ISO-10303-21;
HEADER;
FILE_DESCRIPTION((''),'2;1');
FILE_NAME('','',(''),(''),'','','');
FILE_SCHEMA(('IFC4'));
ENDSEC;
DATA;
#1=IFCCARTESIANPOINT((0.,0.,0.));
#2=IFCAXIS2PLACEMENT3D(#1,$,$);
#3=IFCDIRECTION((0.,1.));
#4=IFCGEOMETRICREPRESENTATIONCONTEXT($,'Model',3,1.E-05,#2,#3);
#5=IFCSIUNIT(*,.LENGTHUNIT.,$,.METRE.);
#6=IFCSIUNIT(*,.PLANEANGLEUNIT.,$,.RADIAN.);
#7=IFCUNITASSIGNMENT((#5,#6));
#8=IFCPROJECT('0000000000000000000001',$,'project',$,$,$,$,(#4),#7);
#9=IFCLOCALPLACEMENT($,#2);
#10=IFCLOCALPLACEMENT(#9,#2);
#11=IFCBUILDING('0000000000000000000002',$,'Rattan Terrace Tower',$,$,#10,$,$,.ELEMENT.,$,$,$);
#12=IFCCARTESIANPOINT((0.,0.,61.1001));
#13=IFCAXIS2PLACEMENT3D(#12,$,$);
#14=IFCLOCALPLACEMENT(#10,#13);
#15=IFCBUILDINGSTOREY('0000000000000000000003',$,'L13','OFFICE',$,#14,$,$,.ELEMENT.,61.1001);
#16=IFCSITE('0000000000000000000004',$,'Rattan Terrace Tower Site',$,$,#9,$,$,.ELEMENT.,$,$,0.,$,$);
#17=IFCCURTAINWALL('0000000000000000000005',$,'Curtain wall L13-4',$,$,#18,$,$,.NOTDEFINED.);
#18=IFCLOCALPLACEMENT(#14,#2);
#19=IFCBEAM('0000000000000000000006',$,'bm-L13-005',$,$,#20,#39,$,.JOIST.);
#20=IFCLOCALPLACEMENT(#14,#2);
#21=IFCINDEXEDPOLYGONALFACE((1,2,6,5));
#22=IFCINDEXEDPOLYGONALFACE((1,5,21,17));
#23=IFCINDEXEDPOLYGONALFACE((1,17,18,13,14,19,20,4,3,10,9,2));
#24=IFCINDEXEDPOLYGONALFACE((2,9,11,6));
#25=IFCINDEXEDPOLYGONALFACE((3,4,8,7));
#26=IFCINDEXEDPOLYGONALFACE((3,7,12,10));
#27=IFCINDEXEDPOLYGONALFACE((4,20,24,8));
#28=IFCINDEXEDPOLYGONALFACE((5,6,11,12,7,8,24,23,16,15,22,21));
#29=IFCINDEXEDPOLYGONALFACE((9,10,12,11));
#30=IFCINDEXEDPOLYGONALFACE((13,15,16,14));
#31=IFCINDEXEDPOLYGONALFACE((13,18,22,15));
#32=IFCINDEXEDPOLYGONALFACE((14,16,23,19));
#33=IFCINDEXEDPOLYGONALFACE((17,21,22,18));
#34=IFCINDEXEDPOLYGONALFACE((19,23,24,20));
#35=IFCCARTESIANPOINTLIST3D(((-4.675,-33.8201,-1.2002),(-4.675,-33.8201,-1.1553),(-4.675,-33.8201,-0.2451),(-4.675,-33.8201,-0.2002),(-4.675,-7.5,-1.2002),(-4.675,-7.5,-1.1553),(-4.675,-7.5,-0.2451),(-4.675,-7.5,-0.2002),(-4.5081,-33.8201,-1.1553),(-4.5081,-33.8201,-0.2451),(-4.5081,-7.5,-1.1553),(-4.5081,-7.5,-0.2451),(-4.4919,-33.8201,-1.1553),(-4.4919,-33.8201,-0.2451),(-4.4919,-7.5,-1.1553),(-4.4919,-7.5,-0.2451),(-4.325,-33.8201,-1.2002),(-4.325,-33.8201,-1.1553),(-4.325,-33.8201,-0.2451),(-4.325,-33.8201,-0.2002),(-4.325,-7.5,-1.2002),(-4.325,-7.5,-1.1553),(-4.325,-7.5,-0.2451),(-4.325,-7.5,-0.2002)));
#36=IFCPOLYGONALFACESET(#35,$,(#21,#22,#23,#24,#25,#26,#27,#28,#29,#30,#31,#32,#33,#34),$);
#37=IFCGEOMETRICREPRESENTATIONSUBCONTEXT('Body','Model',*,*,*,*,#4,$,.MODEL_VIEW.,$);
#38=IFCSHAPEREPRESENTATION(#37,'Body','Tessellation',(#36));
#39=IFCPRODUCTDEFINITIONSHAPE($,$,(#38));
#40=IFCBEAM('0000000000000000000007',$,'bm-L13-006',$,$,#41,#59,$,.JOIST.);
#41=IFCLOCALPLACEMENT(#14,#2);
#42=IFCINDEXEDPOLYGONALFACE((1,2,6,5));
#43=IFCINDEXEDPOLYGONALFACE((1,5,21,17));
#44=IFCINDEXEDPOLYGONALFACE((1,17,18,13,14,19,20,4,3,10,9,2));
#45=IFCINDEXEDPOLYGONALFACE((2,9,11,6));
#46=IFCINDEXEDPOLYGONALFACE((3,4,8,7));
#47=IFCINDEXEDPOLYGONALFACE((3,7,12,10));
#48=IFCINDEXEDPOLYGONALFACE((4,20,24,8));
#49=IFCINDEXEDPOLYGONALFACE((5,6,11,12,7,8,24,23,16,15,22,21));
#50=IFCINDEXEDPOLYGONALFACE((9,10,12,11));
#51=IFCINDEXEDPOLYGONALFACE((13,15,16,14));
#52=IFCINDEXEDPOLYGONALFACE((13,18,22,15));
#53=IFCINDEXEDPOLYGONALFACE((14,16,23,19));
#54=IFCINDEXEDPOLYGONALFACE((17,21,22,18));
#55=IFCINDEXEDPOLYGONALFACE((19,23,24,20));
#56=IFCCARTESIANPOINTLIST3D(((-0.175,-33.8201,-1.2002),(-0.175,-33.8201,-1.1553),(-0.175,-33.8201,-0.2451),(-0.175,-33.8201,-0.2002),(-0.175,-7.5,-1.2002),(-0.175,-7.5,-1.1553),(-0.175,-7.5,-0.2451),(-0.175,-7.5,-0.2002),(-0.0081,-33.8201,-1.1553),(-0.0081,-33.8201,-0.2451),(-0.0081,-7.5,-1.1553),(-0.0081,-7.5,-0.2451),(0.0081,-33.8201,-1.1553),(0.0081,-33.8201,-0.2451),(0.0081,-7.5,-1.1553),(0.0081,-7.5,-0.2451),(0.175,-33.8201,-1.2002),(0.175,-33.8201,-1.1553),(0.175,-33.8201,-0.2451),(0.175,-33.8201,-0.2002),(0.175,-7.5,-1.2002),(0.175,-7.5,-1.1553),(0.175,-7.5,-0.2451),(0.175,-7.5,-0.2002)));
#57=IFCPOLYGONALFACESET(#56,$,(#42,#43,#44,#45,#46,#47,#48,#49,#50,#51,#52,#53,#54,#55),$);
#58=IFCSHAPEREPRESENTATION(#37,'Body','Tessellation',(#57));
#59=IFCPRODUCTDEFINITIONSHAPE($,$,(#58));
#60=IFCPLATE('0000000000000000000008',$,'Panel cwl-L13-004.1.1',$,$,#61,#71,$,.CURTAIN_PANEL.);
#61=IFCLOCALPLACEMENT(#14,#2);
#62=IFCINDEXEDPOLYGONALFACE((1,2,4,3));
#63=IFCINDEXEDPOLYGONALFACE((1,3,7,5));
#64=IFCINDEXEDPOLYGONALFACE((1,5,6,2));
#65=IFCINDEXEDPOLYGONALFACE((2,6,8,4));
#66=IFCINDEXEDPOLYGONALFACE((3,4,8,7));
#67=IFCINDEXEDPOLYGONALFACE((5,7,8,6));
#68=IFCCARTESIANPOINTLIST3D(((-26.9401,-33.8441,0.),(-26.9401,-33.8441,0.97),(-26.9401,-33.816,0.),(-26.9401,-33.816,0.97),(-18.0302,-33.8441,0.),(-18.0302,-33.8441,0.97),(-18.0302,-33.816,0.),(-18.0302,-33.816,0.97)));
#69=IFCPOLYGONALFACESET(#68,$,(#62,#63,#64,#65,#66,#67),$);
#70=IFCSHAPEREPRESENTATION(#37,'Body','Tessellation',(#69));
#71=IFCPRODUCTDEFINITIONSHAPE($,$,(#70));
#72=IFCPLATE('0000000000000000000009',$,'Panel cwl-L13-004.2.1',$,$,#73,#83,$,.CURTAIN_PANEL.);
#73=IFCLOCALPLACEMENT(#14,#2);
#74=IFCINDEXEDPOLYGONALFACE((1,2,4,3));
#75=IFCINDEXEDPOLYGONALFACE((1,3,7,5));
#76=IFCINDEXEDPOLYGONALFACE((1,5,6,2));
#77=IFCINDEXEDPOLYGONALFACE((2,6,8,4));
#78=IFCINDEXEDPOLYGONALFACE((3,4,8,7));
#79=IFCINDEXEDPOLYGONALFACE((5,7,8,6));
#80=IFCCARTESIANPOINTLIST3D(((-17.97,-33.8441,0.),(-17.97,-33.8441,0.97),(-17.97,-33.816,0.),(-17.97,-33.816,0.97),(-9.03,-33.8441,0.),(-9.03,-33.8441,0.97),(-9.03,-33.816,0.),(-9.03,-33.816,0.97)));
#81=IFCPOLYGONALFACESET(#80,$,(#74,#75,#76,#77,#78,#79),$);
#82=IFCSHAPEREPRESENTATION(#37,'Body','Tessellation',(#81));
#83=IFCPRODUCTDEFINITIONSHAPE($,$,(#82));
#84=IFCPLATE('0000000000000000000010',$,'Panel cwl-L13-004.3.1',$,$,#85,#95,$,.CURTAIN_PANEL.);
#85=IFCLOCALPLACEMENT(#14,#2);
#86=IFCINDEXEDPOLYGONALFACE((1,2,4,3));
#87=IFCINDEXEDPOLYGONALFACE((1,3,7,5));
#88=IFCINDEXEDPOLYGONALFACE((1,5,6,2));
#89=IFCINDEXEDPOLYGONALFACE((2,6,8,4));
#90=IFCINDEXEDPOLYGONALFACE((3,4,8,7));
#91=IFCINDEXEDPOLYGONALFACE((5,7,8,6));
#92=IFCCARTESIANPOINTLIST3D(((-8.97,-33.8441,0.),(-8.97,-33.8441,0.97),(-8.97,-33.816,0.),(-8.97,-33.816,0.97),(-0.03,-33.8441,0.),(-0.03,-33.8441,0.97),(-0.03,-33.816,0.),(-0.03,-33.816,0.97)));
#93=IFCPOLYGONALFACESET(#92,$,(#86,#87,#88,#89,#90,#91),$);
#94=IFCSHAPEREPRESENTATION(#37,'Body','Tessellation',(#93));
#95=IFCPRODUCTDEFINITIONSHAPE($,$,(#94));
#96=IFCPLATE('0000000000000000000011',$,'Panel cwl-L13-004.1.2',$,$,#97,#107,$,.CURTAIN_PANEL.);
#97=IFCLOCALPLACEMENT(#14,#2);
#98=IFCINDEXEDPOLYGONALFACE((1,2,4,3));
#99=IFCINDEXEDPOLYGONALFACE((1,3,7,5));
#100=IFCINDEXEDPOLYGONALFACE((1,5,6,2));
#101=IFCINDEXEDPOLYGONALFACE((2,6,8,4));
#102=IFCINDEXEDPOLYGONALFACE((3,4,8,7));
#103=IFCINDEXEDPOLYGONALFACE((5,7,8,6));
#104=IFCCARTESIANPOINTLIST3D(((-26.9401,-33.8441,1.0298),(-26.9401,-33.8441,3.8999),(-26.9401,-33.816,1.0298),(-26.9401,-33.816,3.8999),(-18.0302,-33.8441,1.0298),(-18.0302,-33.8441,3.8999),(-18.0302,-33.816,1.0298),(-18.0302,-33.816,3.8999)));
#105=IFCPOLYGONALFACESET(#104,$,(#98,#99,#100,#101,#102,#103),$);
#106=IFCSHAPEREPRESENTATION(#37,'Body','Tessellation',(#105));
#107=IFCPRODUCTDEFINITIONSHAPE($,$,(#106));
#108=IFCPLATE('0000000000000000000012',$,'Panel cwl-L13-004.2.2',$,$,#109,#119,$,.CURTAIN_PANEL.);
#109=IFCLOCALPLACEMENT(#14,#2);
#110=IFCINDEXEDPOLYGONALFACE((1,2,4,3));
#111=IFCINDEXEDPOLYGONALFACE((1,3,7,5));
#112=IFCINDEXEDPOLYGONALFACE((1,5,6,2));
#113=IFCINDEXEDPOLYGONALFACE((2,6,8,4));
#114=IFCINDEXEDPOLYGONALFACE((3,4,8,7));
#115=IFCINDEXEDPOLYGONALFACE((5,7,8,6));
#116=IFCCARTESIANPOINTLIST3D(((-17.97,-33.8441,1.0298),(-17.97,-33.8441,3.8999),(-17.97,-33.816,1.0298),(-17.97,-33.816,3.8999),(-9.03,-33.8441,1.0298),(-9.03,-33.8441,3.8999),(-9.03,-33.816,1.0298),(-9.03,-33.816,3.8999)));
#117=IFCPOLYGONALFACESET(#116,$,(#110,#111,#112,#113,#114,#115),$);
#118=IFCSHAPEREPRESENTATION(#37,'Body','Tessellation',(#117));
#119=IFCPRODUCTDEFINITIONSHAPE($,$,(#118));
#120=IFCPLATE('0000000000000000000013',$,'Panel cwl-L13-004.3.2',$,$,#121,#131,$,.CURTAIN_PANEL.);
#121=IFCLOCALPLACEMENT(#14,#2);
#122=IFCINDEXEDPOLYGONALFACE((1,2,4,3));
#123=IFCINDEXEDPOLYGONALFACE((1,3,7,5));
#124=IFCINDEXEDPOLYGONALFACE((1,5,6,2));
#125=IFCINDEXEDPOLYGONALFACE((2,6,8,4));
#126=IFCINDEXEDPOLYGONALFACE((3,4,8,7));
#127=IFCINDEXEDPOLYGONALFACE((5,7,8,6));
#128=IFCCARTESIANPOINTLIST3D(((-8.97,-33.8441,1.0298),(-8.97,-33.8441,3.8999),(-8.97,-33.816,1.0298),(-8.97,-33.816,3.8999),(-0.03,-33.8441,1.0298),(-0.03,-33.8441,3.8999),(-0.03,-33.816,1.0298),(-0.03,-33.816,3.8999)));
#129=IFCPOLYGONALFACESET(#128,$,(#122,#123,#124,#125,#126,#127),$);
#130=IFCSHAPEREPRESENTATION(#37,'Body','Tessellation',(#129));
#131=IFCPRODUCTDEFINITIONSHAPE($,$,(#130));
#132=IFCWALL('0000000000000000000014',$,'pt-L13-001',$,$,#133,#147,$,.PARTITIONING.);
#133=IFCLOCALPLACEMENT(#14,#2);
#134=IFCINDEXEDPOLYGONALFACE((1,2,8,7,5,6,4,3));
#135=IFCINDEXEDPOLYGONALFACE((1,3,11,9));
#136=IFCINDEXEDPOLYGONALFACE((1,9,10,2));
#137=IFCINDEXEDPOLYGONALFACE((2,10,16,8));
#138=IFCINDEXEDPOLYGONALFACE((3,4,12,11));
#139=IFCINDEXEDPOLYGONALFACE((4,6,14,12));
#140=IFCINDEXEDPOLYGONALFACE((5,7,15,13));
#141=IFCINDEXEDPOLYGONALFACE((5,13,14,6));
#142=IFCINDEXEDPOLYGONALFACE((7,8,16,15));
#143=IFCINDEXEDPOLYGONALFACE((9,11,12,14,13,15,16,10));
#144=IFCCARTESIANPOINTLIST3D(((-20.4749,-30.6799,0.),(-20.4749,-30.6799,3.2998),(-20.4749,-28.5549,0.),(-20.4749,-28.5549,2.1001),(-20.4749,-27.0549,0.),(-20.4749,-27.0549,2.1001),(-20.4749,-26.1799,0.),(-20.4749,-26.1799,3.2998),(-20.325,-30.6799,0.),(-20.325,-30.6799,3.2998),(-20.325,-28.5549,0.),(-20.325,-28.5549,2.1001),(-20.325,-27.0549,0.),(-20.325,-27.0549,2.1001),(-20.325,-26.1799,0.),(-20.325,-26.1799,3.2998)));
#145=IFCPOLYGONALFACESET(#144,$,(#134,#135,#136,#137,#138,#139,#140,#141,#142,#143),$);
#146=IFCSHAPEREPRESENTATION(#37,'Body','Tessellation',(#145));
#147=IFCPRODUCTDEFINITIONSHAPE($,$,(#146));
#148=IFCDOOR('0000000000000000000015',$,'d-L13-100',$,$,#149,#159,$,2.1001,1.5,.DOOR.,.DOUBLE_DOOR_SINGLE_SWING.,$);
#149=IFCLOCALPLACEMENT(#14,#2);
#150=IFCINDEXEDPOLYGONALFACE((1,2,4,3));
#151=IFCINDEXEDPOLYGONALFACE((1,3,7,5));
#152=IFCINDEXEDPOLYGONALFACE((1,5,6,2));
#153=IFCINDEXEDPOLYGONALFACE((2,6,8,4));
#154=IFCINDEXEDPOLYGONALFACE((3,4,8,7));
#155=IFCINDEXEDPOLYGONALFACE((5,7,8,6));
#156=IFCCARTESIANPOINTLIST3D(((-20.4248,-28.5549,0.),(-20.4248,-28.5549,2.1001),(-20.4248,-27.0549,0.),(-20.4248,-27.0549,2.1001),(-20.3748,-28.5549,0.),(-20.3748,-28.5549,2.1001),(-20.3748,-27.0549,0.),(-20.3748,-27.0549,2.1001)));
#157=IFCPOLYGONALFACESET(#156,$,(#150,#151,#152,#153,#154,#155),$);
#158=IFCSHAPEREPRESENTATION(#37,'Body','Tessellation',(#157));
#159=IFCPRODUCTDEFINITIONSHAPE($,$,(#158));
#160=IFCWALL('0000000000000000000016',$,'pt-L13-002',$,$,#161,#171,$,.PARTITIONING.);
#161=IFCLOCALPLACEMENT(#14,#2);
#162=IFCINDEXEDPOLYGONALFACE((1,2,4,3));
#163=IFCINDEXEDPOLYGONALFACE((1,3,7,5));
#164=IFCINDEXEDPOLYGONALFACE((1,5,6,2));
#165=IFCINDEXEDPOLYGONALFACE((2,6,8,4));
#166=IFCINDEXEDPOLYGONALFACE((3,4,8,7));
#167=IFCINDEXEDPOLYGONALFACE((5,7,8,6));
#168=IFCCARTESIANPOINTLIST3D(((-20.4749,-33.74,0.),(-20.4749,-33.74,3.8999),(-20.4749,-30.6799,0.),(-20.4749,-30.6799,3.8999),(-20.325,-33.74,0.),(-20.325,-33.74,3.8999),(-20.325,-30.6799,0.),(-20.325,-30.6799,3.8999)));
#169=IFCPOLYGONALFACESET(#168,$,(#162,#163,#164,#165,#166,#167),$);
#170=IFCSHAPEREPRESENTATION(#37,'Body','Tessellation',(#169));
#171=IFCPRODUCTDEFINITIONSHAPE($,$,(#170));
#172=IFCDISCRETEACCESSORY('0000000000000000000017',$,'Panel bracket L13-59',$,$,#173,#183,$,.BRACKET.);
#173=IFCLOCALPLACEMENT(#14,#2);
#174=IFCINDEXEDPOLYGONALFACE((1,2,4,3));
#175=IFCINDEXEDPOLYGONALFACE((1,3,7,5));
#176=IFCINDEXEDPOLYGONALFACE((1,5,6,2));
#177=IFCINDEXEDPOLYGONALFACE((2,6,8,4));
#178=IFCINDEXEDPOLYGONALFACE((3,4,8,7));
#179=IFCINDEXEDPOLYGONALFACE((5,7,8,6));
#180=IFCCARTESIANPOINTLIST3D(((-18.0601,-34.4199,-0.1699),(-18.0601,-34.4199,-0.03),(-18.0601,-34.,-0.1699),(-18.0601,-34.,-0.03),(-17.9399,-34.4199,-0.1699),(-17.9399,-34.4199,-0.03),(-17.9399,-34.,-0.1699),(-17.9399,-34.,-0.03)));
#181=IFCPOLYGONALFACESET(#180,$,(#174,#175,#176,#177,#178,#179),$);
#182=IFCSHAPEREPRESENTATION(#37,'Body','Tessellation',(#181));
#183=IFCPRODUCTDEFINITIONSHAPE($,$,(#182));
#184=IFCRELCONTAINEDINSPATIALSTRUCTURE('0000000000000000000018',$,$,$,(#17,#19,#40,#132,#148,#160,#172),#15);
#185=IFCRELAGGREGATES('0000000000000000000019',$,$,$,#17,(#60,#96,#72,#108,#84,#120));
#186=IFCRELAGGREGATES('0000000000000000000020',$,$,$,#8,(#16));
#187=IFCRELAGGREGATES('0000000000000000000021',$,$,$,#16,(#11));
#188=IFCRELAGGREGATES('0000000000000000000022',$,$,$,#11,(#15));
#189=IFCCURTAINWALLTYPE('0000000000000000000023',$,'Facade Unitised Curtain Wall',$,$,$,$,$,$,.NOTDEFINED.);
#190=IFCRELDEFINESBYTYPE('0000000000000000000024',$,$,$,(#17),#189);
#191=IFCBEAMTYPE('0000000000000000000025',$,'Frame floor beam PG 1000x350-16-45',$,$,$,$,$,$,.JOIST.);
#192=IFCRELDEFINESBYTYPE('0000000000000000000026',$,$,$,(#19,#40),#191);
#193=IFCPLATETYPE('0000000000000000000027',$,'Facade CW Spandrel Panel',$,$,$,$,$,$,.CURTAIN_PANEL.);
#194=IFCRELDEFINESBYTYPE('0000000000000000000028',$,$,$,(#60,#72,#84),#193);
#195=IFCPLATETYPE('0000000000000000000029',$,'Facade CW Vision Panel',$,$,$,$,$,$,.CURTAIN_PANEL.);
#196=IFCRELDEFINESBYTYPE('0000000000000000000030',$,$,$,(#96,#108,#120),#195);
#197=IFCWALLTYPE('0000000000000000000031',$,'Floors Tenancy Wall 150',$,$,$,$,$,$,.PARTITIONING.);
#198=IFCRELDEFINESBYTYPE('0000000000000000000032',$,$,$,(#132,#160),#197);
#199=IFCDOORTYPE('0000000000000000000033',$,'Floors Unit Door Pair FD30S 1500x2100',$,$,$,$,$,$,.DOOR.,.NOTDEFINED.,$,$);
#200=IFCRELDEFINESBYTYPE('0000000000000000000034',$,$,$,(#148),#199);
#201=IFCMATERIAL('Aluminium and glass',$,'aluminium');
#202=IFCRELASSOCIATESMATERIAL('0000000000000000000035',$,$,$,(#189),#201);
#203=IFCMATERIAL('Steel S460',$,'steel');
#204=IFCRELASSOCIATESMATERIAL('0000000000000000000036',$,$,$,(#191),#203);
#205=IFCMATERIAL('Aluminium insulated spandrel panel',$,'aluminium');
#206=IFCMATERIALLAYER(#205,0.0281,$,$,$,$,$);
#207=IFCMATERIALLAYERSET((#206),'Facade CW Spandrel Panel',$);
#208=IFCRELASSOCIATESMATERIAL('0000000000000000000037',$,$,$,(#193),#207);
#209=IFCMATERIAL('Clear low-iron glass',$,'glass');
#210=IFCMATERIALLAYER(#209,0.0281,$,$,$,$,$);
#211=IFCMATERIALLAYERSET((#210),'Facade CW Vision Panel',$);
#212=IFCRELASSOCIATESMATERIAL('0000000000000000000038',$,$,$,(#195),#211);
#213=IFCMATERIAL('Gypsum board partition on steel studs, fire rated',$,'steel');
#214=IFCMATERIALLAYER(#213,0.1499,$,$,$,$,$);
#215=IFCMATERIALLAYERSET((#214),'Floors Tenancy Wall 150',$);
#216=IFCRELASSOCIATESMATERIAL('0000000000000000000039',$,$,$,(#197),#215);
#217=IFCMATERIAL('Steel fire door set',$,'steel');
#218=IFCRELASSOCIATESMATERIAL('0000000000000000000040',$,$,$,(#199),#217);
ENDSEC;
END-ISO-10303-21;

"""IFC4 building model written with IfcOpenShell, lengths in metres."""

from ifc_helpers import new_model, si_unit, direction, frame, frame_2d, origin, origin_2d, place, context, subcontext, project, spatial, rectangle, i_section, extrude, material, layer, layer_set, material_profile, profile_set, type_object, element, fill, aggregate, save


model = new_model("IFC4")

# Units and contexts
model_context = context("Model", 3, precision=1e-05, world=origin(), true_north=direction((0.0, 1.0)))
body_context = subcontext(model_context, "Body", "Model", "MODEL_VIEW")
ifc_project = project(units=[si_unit("LENGTHUNIT", "METRE"), si_unit("PLANEANGLEUNIT", "RADIAN")], contexts=[model_context])

# Site, building, storey
site_placement = place(None, origin())
site = spatial("IfcSite", under=ifc_project, at=site_placement, Name="Rattan Terrace Tower Site", CompositionType="ELEMENT", RefElevation=0.0)
building_placement = place(site_placement, origin())
building = spatial("IfcBuilding", under=site, at=building_placement, Name="Rattan Terrace Tower", CompositionType="ELEMENT")
storey_placement = place(building_placement, frame((0.0, 0.0, 61.1001)))
storey = spatial("IfcBuildingStorey", under=building, at=storey_placement, Name="L13", Description="OFFICE", CompositionType="ELEMENT", Elevation=61.1001)

# Curtain wall
ifc_material_1 = material(Name="Aluminium and glass", Category="aluminium")
curtain_wall_type = type_object("IfcCurtainWallType", Name="Facade Unitised Curtain Wall", PredefinedType="NOTDEFINED", material=ifc_material_1)
curtain_wall_placement = place(storey_placement, origin())
curtain_wall = element("IfcCurtainWall", 1, at=curtain_wall_placement, inside=storey, type_object=curtain_wall_type, Name="Curtain wall L13-4", PredefinedType="NOTDEFINED")

# Beams
ifc_material_2 = material(Name="Steel S460", Category="steel")
ifc_material_profile_1 = material_profile(ifc_material_2, i_section(OverallWidth=0.3501, OverallDepth=1.0, WebThickness=0.0161, FlangeThickness=0.0449, at=origin_2d()), Name="PG 1000x350-16-45")
ifc_profile_set_1 = profile_set([ifc_material_profile_1], Name="Steel S460")
beam_type_1 = type_object("IfcBeamType", Name="Frame floor beam PG 1000x350-16-45", PredefinedType="JOIST", material=ifc_profile_set_1)
for number, where, z_axis, x_axis, name in (
    (2, (-4.5, -33.8201, -0.7002), (0.0, 1.0, 0.0), (-1.0, 0.0, 0.0), "bm-L13-005"),
    (3, (0.0, -33.8201, -0.7002), (0.0, 1.0, 0.0), (-1.0, 0.0, 0.0), "bm-L13-006"),
):
    element("IfcBeam", number, at=place(storey_placement, frame(where, z_axis=z_axis, x_axis=x_axis)), inside=storey, type_object=beam_type_1, Name=name, PredefinedType="JOIST", context=body_context, shape_type="SweptSolid", body=[
        extrude(i_section(OverallWidth=0.3501, OverallDepth=1.0, WebThickness=0.0161, FlangeThickness=0.0449, at=origin_2d()), origin(), (0.0, 0.0, 1.0), 26.3201),
    ])

# Plates
ifc_material_3 = material(Name="Aluminium insulated spandrel panel", Category="aluminium")
ifc_layer_1 = layer(ifc_material_3, 0.0281)
ifc_layer_set_1 = layer_set([ifc_layer_1], Name="Facade CW Spandrel Panel")
plate_type_1 = type_object("IfcPlateType", Name="Facade CW Spandrel Panel", PredefinedType="CURTAIN_PANEL", material=ifc_layer_set_1)
plate_1_placement = place(storey_placement, frame((-22.4851, -33.8301, 0.0), z_axis=(0.0, 0.0, 1.0), x_axis=(1.0, 0.0, 0.0)))
plate_1 = element("IfcPlate", 4, at=plate_1_placement, type_object=plate_type_1, Name="Panel cwl-L13-004.1.1", PredefinedType="CURTAIN_PANEL", context=body_context, shape_type="SweptSolid", body=[
    extrude(rectangle(XDim=8.9099, YDim=0.0281, at=origin_2d()), origin(), (0.0, 0.0, 1.0), 0.97),
])
plate_2_placement = place(storey_placement, frame((-13.5, -33.8301, 0.0), z_axis=(0.0, 0.0, 1.0), x_axis=(1.0, 0.0, 0.0)))
plate_2 = element("IfcPlate", 5, at=plate_2_placement, type_object=plate_type_1, Name="Panel cwl-L13-004.2.1", PredefinedType="CURTAIN_PANEL", context=body_context, shape_type="SweptSolid", body=[
    extrude(rectangle(XDim=8.9399, YDim=0.0281, at=origin_2d()), origin(), (0.0, 0.0, 1.0), 0.97),
])
plate_3_placement = place(storey_placement, frame((-4.5, -33.8301, 0.0), z_axis=(0.0, 0.0, 1.0), x_axis=(1.0, 0.0, 0.0)))
plate_3 = element("IfcPlate", 6, at=plate_3_placement, type_object=plate_type_1, Name="Panel cwl-L13-004.3.1", PredefinedType="CURTAIN_PANEL", context=body_context, shape_type="SweptSolid", body=[
    extrude(rectangle(XDim=8.9399, YDim=0.0281, at=origin_2d()), origin(), (0.0, 0.0, 1.0), 0.97),
])
ifc_material_4 = material(Name="Clear low-iron glass", Category="glass")
ifc_layer_2 = layer(ifc_material_4, 0.0281)
ifc_layer_set_2 = layer_set([ifc_layer_2], Name="Facade CW Vision Panel")
plate_type_2 = type_object("IfcPlateType", Name="Facade CW Vision Panel", PredefinedType="CURTAIN_PANEL", material=ifc_layer_set_2)
plate_4_placement = place(storey_placement, frame((-22.4851, -33.8301, 1.0298), z_axis=(0.0, 0.0, 1.0), x_axis=(1.0, 0.0, 0.0)))
plate_4 = element("IfcPlate", 7, at=plate_4_placement, type_object=plate_type_2, Name="Panel cwl-L13-004.1.2", PredefinedType="CURTAIN_PANEL", context=body_context, shape_type="SweptSolid", body=[
    extrude(rectangle(XDim=8.9099, YDim=0.0281, at=origin_2d()), origin(), (0.0, 0.0, 1.0), 2.8701),
])
plate_5_placement = place(storey_placement, frame((-13.5, -33.8301, 1.0298), z_axis=(0.0, 0.0, 1.0), x_axis=(1.0, 0.0, 0.0)))
plate_5 = element("IfcPlate", 8, at=plate_5_placement, type_object=plate_type_2, Name="Panel cwl-L13-004.2.2", PredefinedType="CURTAIN_PANEL", context=body_context, shape_type="SweptSolid", body=[
    extrude(rectangle(XDim=8.9399, YDim=0.0281, at=origin_2d()), origin(), (0.0, 0.0, 1.0), 2.8701),
])
plate_6_placement = place(storey_placement, frame((-4.5, -33.8301, 1.0298), z_axis=(0.0, 0.0, 1.0), x_axis=(1.0, 0.0, 0.0)))
plate_6 = element("IfcPlate", 9, at=plate_6_placement, type_object=plate_type_2, Name="Panel cwl-L13-004.3.2", PredefinedType="CURTAIN_PANEL", context=body_context, shape_type="SweptSolid", body=[
    extrude(rectangle(XDim=8.9399, YDim=0.0281, at=origin_2d()), origin(), (0.0, 0.0, 1.0), 2.8701),
])
aggregate(curtain_wall, [plate_1, plate_4, plate_2, plate_5, plate_3, plate_6])

# Wall, opening, door
ifc_material_5 = material(Name="Gypsum board partition on steel studs, fire rated", Category="steel")
ifc_layer_3 = layer(ifc_material_5, 0.1499)
ifc_layer_set_3 = layer_set([ifc_layer_3], Name="Floors Tenancy Wall 150")
wall_type = type_object("IfcWallType", Name="Floors Tenancy Wall 150", PredefinedType="PARTITIONING", material=ifc_layer_set_3)
wall_1_placement = place(storey_placement, frame((-20.3999, -30.6799, 0.0), z_axis=(0.0, 0.0, 1.0), x_axis=(0.0, 1.0, 0.0)))
wall_1 = element("IfcWall", 10, at=wall_1_placement, inside=storey, type_object=wall_type, Name="pt-L13-001", PredefinedType="PARTITIONING", context=body_context, shape_type="SweptSolid", body=[
    extrude(rectangle(XDim=4.5, YDim=0.1499, at=frame_2d((2.25, 0.0))), origin(), (0.0, 0.0, 1.0), 3.2998),
])
opening_placement = place(wall_1_placement, frame((2.125, 0.0, 0.0)))
opening = element("IfcOpeningElement", 11, at=opening_placement, cuts=wall_1, PredefinedType="OPENING", context=body_context, shape_type="SweptSolid", body=[
    extrude(rectangle(XDim=1.5, YDim=2.1001, at=frame_2d((0.75, 1.05))), frame((0.0, 0.0854, 0.0), z_axis=(0.0, -1.0, 0.0), x_axis=(1.0, 0.0, 0.0)), (0.0, 0.0, 1.0), 0.1709),
])
ifc_material_6 = material(Name="Steel fire door set", Category="steel")
door_type = type_object("IfcDoorType", Name="Floors Unit Door Pair FD30S 1500x2100", OperationType="NOTDEFINED", PredefinedType="DOOR", material=ifc_material_6)
door_placement = place(opening_placement, origin())
door = element("IfcDoor", 12, at=door_placement, inside=storey, type_object=door_type, Name="d-L13-100", OperationType="DOUBLE_DOOR_SINGLE_SWING", OverallHeight=2.1001, OverallWidth=1.5, PredefinedType="DOOR", context=body_context, shape_type="SweptSolid", body=[
    extrude(rectangle(XDim=1.5, YDim=2.1001, at=frame_2d((0.75, 1.05))), frame((0.0, 0.0249, 0.0), z_axis=(0.0, -1.0, 0.0), x_axis=(1.0, 0.0, 0.0)), (0.0, 0.0, 1.0), 0.05),
])
fill(opening, door)

# Wall
wall_2_placement = place(storey_placement, frame((-20.3999, -33.74, 0.0), z_axis=(0.0, 0.0, 1.0), x_axis=(0.0, 1.0, 0.0)))
element("IfcWall", 13, at=wall_2_placement, inside=storey, type_object=wall_type, Name="pt-L13-002", PredefinedType="PARTITIONING", context=body_context, shape_type="SweptSolid", body=[
    extrude(rectangle(XDim=3.0601, YDim=0.1499, at=frame_2d((1.53, 0.0))), origin(), (0.0, 0.0, 1.0), 3.8999),
])

# Discrete accessory
for number, where, z_axis, x_axis, name in (
    (14, (-18.0, -34.21, -0.1699), (0.0, 0.0, 1.0), (1.0, 0.0, 0.0), "Panel bracket L13-59"),
):
    element("IfcDiscreteAccessory", number, at=place(storey_placement, frame(where, z_axis=z_axis, x_axis=x_axis)), inside=storey, Name=name, PredefinedType="BRACKET", context=body_context, shape_type="SweptSolid", body=[
        extrude(rectangle(XDim=0.1201, YDim=0.4199, at=origin_2d()), origin(), (0.0, 0.0, 1.0), 0.1399),
    ])

save(model, "model.ifc")
